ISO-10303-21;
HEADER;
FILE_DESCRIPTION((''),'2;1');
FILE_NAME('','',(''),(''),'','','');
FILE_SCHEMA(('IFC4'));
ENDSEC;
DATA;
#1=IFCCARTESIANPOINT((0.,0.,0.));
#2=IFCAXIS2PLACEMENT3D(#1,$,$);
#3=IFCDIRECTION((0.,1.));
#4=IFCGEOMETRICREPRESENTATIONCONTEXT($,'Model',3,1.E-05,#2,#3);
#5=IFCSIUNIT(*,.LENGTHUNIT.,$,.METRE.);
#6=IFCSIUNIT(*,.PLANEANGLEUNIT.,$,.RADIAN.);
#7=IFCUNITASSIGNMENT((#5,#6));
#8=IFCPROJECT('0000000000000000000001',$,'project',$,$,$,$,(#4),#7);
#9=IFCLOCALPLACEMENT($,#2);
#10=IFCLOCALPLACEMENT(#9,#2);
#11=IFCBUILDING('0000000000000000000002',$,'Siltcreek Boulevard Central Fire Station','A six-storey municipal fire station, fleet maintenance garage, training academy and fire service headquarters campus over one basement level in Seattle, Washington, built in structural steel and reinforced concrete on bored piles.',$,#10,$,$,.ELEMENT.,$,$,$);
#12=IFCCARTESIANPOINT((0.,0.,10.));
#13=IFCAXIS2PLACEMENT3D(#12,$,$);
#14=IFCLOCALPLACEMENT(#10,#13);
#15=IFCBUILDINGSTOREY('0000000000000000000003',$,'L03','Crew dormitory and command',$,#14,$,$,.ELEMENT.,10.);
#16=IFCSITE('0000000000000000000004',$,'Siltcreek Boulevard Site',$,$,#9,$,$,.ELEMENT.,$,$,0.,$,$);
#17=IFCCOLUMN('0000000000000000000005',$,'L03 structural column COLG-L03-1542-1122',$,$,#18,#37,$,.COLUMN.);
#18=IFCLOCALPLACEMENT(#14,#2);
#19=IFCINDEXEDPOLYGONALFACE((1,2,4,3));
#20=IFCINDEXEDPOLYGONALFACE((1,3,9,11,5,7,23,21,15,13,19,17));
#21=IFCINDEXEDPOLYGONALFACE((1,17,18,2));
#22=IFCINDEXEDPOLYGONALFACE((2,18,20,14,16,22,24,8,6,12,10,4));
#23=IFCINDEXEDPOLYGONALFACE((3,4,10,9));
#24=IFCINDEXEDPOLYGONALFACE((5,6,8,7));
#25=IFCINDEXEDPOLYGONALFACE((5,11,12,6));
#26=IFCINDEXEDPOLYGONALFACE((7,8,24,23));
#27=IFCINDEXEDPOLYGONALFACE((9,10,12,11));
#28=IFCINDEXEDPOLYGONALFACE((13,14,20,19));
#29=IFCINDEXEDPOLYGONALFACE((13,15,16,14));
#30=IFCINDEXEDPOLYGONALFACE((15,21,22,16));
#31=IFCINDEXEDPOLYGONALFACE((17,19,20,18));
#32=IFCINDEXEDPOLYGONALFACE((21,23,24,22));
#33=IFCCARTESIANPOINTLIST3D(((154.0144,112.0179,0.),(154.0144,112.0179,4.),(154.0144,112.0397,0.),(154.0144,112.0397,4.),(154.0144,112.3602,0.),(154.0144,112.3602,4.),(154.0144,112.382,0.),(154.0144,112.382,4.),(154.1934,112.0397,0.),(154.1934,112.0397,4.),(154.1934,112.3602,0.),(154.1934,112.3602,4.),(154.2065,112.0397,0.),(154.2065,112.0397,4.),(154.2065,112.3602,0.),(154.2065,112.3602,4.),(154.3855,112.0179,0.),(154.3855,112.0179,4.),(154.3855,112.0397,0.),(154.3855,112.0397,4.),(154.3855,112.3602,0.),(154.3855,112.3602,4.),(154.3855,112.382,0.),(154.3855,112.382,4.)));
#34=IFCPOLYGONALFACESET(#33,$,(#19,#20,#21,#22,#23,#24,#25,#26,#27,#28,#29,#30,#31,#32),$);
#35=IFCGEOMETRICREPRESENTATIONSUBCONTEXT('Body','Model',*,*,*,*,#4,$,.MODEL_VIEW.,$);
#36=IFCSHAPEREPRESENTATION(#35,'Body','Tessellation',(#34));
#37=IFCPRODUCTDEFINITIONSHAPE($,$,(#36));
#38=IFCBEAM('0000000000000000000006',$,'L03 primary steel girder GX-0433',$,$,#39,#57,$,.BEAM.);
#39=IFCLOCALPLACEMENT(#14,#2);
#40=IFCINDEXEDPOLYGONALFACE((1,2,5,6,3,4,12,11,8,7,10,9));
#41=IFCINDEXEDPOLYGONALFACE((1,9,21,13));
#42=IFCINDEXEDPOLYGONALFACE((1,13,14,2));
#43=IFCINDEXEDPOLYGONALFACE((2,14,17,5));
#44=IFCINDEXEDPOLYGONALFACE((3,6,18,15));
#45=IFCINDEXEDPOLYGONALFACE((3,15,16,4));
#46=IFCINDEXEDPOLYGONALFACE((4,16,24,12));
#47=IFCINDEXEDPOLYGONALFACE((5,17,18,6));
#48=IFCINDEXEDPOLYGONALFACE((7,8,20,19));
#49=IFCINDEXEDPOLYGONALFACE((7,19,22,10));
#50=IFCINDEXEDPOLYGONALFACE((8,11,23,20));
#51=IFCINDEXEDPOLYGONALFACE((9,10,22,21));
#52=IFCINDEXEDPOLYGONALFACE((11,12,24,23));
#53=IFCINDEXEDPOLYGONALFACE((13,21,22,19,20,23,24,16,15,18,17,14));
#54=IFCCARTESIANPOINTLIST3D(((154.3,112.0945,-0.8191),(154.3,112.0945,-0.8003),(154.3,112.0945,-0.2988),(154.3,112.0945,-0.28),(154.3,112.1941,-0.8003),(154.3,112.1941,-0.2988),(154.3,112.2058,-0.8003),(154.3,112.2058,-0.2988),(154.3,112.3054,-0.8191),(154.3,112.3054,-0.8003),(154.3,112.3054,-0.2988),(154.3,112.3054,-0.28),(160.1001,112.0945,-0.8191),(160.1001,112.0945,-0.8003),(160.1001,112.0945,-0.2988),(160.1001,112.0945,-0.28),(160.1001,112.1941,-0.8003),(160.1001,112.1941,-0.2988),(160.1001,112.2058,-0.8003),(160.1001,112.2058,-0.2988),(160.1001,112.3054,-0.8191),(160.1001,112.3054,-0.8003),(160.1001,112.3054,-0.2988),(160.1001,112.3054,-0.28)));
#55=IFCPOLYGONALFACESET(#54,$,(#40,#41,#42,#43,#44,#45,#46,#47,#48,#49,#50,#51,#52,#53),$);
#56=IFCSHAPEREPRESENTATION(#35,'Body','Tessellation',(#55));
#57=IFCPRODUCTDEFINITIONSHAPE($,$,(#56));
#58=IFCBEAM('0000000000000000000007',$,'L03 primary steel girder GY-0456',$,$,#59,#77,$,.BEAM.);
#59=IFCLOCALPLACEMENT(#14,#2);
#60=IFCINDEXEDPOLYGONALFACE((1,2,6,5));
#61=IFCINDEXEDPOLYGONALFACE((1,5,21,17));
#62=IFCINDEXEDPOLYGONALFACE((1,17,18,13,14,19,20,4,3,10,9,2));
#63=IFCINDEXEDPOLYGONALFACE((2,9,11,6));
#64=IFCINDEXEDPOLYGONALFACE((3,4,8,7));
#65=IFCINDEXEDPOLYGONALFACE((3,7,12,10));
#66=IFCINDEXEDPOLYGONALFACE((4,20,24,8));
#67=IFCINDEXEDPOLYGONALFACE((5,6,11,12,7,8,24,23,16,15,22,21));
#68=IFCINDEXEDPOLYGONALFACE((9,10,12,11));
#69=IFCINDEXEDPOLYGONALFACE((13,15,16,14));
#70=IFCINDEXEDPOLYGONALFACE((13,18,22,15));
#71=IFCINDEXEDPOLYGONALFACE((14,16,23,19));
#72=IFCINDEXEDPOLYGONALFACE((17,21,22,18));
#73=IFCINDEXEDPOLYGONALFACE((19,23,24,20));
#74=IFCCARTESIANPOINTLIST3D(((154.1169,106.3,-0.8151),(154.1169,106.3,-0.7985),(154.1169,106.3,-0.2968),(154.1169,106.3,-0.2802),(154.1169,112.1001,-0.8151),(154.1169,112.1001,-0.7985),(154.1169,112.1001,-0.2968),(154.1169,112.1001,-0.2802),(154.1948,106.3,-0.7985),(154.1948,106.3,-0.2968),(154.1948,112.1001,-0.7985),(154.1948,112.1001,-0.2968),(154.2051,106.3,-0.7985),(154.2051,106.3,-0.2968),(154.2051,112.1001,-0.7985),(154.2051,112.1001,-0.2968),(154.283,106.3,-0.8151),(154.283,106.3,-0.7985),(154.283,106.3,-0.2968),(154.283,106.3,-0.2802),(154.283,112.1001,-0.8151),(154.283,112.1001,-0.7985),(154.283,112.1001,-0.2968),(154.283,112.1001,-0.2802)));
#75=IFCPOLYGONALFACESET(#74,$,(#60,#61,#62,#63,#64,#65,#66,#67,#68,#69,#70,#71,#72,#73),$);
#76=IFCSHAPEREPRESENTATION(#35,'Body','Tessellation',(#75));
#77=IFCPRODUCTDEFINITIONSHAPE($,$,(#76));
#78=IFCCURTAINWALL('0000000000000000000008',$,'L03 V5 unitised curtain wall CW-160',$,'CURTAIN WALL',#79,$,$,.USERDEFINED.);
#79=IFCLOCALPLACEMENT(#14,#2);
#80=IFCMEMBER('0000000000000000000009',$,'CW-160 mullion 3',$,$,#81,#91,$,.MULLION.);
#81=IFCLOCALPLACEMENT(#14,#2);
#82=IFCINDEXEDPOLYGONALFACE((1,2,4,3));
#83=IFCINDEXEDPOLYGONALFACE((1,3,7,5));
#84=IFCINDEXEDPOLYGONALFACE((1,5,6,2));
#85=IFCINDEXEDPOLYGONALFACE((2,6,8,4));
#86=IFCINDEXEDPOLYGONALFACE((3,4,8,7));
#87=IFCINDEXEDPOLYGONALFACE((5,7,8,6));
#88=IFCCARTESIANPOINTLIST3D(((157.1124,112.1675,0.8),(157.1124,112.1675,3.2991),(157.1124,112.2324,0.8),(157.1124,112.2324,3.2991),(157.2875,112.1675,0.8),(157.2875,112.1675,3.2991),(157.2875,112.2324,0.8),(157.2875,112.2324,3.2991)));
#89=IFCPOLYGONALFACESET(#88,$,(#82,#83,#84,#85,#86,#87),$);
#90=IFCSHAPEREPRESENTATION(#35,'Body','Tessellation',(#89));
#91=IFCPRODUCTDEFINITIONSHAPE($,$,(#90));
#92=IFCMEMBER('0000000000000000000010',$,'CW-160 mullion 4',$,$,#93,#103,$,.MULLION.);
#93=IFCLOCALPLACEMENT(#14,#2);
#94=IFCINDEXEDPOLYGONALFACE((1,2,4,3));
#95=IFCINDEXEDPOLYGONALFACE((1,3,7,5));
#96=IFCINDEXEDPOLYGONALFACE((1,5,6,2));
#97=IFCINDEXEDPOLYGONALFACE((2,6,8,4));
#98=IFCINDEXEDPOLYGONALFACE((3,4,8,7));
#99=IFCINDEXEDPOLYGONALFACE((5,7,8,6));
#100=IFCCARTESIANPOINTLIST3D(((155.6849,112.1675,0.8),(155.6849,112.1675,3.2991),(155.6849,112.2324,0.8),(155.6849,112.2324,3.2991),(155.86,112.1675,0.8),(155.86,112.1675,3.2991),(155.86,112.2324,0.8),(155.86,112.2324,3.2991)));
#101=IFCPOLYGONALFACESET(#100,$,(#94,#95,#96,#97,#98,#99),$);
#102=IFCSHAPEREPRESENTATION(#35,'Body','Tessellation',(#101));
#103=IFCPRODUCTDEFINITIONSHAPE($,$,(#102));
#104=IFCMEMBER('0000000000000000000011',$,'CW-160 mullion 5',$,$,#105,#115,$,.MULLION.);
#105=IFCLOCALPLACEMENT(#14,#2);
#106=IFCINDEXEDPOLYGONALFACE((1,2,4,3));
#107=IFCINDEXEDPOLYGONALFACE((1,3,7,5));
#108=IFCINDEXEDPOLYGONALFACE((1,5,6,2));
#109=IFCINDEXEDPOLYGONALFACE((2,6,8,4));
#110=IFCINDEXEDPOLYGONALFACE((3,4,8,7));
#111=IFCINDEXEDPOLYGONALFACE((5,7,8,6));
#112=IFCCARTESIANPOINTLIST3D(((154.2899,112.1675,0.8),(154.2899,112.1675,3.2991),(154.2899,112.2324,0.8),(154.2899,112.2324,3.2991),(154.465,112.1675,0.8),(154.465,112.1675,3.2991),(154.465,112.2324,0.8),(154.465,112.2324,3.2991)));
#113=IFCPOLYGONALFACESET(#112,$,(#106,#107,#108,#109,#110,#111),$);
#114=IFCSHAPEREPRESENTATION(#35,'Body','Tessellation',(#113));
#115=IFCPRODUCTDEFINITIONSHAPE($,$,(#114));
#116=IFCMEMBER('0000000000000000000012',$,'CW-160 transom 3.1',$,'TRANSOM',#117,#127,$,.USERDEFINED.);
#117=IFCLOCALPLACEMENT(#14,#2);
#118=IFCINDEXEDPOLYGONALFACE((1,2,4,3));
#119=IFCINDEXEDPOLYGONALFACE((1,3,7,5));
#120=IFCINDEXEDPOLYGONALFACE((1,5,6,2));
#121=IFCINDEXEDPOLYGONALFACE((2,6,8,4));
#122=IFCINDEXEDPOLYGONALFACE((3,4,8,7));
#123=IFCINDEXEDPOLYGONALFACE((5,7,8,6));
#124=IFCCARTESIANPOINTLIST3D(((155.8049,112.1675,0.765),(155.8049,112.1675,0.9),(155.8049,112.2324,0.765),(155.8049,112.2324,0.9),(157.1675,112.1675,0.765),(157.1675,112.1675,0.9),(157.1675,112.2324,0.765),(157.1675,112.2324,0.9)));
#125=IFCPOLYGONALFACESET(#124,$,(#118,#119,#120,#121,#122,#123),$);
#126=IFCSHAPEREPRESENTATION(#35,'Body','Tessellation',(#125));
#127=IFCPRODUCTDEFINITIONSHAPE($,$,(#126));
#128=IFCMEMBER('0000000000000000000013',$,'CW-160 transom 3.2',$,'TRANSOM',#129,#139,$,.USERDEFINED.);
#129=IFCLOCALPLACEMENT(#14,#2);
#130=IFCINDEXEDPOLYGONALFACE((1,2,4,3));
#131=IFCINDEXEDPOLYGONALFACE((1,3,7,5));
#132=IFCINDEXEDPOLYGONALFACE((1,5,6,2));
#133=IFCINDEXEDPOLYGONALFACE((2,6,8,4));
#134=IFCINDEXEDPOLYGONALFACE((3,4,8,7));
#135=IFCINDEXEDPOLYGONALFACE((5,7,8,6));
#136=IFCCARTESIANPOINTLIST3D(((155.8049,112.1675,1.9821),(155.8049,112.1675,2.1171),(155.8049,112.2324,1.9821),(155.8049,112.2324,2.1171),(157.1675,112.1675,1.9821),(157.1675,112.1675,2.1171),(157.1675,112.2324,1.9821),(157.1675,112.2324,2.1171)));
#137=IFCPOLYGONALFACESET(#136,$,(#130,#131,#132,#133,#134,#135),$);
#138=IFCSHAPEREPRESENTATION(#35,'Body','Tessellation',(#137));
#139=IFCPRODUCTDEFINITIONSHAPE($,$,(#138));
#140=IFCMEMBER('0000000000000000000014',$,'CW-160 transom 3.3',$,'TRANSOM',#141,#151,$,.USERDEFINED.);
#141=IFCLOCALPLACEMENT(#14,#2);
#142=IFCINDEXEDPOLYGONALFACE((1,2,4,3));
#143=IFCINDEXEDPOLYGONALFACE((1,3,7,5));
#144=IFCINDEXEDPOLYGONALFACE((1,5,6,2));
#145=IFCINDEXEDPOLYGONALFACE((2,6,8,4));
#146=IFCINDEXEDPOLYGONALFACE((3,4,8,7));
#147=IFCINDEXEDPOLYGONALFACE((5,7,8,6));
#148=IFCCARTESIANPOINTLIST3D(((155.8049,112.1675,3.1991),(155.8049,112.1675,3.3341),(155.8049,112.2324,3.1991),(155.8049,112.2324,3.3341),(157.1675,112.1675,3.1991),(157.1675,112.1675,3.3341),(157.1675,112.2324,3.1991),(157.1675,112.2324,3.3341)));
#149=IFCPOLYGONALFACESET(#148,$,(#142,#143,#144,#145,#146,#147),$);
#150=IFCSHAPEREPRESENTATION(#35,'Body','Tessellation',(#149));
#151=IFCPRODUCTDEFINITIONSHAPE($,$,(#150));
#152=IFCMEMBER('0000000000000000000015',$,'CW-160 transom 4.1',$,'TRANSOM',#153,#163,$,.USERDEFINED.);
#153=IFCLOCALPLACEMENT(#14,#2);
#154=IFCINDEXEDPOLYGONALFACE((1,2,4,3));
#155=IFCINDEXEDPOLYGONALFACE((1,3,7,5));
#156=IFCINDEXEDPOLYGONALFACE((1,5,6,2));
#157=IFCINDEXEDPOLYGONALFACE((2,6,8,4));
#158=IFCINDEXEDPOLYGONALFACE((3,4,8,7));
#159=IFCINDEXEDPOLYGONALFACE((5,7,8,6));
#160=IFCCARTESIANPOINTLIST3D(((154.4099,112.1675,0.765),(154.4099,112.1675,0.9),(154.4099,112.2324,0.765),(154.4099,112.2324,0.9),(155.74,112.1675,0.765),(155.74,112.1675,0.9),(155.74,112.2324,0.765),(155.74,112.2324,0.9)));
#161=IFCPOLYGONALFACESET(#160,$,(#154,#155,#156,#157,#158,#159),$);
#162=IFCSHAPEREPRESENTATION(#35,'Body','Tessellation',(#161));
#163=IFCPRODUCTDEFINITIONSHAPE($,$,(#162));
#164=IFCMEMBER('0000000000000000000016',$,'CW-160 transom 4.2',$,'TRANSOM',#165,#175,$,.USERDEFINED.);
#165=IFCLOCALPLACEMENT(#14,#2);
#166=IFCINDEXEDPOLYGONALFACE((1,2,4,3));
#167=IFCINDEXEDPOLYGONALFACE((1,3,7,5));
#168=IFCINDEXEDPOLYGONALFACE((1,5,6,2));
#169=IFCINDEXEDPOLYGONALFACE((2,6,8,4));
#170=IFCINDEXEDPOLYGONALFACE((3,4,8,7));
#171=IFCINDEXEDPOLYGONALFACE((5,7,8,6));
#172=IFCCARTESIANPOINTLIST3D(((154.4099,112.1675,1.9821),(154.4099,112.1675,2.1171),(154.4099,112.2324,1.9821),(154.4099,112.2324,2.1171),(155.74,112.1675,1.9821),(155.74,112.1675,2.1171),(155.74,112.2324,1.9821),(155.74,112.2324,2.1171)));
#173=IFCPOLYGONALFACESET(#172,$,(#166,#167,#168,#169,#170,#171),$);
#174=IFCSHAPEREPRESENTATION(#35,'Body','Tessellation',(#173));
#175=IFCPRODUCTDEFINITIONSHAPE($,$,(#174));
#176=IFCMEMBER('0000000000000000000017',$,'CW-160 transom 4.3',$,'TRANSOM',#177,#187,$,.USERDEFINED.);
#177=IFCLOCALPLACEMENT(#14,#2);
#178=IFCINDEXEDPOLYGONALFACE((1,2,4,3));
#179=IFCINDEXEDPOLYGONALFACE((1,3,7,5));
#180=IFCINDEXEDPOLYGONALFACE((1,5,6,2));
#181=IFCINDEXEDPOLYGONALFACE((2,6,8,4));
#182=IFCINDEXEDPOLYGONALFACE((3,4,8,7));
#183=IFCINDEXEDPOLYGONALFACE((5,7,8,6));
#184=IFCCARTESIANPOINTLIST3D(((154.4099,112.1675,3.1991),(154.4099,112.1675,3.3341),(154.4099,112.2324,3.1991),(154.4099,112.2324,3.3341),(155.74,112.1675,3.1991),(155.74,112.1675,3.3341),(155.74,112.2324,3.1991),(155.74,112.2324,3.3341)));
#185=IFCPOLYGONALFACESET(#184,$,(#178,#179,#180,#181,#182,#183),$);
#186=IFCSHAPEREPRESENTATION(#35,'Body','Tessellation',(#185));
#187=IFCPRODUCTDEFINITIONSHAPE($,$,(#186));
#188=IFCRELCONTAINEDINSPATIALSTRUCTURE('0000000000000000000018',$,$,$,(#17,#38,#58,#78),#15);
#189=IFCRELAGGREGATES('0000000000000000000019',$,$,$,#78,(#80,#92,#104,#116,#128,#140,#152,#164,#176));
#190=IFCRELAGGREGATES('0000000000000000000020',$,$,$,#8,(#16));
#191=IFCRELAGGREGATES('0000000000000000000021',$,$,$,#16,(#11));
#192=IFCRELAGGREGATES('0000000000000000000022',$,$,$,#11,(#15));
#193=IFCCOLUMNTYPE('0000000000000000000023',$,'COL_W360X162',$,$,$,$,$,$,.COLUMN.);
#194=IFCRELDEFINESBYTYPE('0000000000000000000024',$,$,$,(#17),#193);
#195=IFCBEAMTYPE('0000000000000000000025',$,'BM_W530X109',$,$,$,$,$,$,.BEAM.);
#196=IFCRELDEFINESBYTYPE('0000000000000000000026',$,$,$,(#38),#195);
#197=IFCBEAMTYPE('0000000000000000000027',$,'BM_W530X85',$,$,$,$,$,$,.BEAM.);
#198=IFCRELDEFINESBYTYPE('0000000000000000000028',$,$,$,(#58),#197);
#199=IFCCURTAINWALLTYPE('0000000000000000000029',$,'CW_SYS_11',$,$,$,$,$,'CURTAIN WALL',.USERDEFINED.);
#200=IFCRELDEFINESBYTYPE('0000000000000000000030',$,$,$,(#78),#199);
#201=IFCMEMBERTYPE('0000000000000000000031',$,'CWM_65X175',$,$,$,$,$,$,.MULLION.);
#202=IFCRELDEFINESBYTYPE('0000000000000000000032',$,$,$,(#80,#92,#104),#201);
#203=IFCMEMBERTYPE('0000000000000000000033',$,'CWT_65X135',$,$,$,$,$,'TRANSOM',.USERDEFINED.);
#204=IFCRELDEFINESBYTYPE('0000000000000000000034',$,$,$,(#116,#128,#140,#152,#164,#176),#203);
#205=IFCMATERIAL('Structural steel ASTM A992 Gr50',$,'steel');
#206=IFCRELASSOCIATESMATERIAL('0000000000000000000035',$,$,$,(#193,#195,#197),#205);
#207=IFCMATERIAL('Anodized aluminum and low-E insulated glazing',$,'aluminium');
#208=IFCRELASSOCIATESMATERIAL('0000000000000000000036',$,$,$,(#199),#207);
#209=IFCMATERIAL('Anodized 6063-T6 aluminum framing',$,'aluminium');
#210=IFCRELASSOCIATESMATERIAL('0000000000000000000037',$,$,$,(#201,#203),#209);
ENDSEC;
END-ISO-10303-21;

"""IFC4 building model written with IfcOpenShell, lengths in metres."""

from ifc_helpers import new_model, si_unit, direction, frame, origin, origin_2d, place, context, subcontext, project, spatial, rectangle, i_section, extrude, material, material_profile, profile_set, type_object, element, aggregate, save


model = new_model("IFC4")

# Units and contexts
model_context = context("Model", 3, precision=1e-05, world=origin(), true_north=direction((0.0, 1.0)))
body_context = subcontext(model_context, "Body", "Model", "MODEL_VIEW")
ifc_project = project(units=[si_unit("LENGTHUNIT", "METRE"), si_unit("PLANEANGLEUNIT", "RADIAN")], contexts=[model_context])

# Site, building, storey
site_placement = place(None, origin())
site = spatial("IfcSite", under=ifc_project, at=site_placement, Name="Siltcreek Boulevard Site", CompositionType="ELEMENT", RefElevation=0.0)
building_placement = place(site_placement, origin())
building = spatial("IfcBuilding", under=site, at=building_placement, Name="Siltcreek Boulevard Central Fire Station", Description="A six-storey municipal fire station, fleet maintenance garage, training academy and fire service headquarters campus over one basement level in Seattle, Washington, built in structural steel and reinforced concrete on bored piles.", CompositionType="ELEMENT")
storey_placement = place(building_placement, frame((0.0, 0.0, 10.0)))
storey = spatial("IfcBuildingStorey", under=building, at=storey_placement, Name="L03", Description="Crew dormitory and command", CompositionType="ELEMENT", Elevation=10.0)

# Column
ifc_material_1 = material(Name="Structural steel ASTM A992 Gr50", Category="steel")
ifc_material_profile_1 = material_profile(ifc_material_1, i_section(OverallWidth=0.3711, OverallDepth=0.364, WebThickness=0.0132, FlangeThickness=0.0217, at=origin_2d()), Name="W360X162")
ifc_profile_set_1 = profile_set([ifc_material_profile_1], Name="Structural steel ASTM A992 Gr50")
column_type = type_object("IfcColumnType", Name="COL_W360X162", PredefinedType="COLUMN", material=ifc_profile_set_1)
column_placement = place(storey_placement, frame((154.2, 112.2, 0.0), z_axis=(0.0, 0.0, 1.0), x_axis=(1.0, 0.0, 0.0)))
element("IfcColumn", 1, at=column_placement, inside=storey, type_object=column_type, Name="L03 structural column COLG-L03-1542-1122", PredefinedType="COLUMN", context=body_context, shape_type="SweptSolid", body=[
    extrude(i_section(OverallWidth=0.3711, OverallDepth=0.364, WebThickness=0.0132, FlangeThickness=0.0217, at=origin_2d()), origin(), (0.0, 0.0, 1.0), 4.0),
])

# Beams
ifc_material_profile_2 = material_profile(ifc_material_1, i_section(OverallWidth=0.2109, OverallDepth=0.5391, WebThickness=0.0117, FlangeThickness=0.0188, at=origin_2d()), Name="W530X109")
ifc_profile_set_2 = profile_set([ifc_material_profile_2], Name="Structural steel ASTM A992 Gr50")
beam_type_1 = type_object("IfcBeamType", Name="BM_W530X109", PredefinedType="BEAM", material=ifc_profile_set_2)
beam_1_placement = place(storey_placement, frame((154.3, 112.2, -0.5496), z_axis=(1.0, 0.0, 0.0), x_axis=(0.0, 1.0, 0.0)))
element("IfcBeam", 2, at=beam_1_placement, inside=storey, type_object=beam_type_1, Name="L03 primary steel girder GX-0433", PredefinedType="BEAM", context=body_context, shape_type="SweptSolid", body=[
    extrude(i_section(OverallWidth=0.2109, OverallDepth=0.5391, WebThickness=0.0117, FlangeThickness=0.0188, at=origin_2d()), origin(), (0.0, 0.0, 1.0), 5.8),
])
ifc_material_profile_3 = material_profile(ifc_material_1, i_section(OverallWidth=0.166, OverallDepth=0.5349, WebThickness=0.0103, FlangeThickness=0.0166, at=origin_2d()), Name="W530X85")
ifc_profile_set_3 = profile_set([ifc_material_profile_3], Name="Structural steel ASTM A992 Gr50")
beam_type_2 = type_object("IfcBeamType", Name="BM_W530X85", PredefinedType="BEAM", material=ifc_profile_set_3)
beam_2_placement = place(storey_placement, frame((154.2, 106.3, -0.5476), z_axis=(0.0, 1.0, 0.0), x_axis=(-1.0, 0.0, 0.0)))
element("IfcBeam", 3, at=beam_2_placement, inside=storey, type_object=beam_type_2, Name="L03 primary steel girder GY-0456", PredefinedType="BEAM", context=body_context, shape_type="SweptSolid", body=[
    extrude(i_section(OverallWidth=0.166, OverallDepth=0.5349, WebThickness=0.0103, FlangeThickness=0.0166, at=origin_2d()), origin(), (0.0, 0.0, 1.0), 5.8),
])

# Curtain wall, members
ifc_material_2 = material(Name="Anodized aluminum and low-E insulated glazing", Category="aluminium")
curtain_wall_type = type_object("IfcCurtainWallType", Name="CW_SYS_11", ElementType="CURTAIN WALL", PredefinedType="USERDEFINED", material=ifc_material_2)
curtain_wall_placement = place(storey_placement, origin())
curtain_wall = element("IfcCurtainWall", 4, at=curtain_wall_placement, inside=storey, type_object=curtain_wall_type, Name="L03 V5 unitised curtain wall CW-160", ObjectType="CURTAIN WALL", PredefinedType="USERDEFINED")
ifc_material_3 = material(Name="Anodized 6063-T6 aluminum framing", Category="aluminium")
ifc_material_profile_4 = material_profile(ifc_material_3, rectangle(XDim=0.0649, YDim=0.175, at=origin_2d()), Name="MULL65X175")
ifc_profile_set_4 = profile_set([ifc_material_profile_4], Name="Anodized 6063-T6 aluminum framing")
member_type_1 = type_object("IfcMemberType", Name="CWM_65X175", PredefinedType="MULLION", material=ifc_profile_set_4)
member_1_placement = place(storey_placement, frame((157.2, 112.2, 0.8), z_axis=(0.0, 0.0, 1.0), x_axis=(0.0, -1.0, 0.0)))
member_1 = element("IfcMember", 5, at=member_1_placement, type_object=member_type_1, Name="CW-160 mullion 3", PredefinedType="MULLION", context=body_context, shape_type="SweptSolid", body=[
    extrude(rectangle(XDim=0.0649, YDim=0.175, at=origin_2d()), origin(), (0.0, 0.0, 1.0), 2.499),
])
member_2_placement = place(storey_placement, frame((155.7725, 112.2, 0.8), z_axis=(0.0, 0.0, 1.0), x_axis=(0.0, -1.0, 0.0)))
member_2 = element("IfcMember", 6, at=member_2_placement, type_object=member_type_1, Name="CW-160 mullion 4", PredefinedType="MULLION", context=body_context, shape_type="SweptSolid", body=[
    extrude(rectangle(XDim=0.0649, YDim=0.175, at=origin_2d()), origin(), (0.0, 0.0, 1.0), 2.499),
])
member_3_placement = place(storey_placement, frame((154.3774, 112.2, 0.8), z_axis=(0.0, 0.0, 1.0), x_axis=(0.0, -1.0, 0.0)))
member_3 = element("IfcMember", 7, at=member_3_placement, type_object=member_type_1, Name="CW-160 mullion 5", PredefinedType="MULLION", context=body_context, shape_type="SweptSolid", body=[
    extrude(rectangle(XDim=0.0649, YDim=0.175, at=origin_2d()), origin(), (0.0, 0.0, 1.0), 2.499),
])
ifc_material_profile_5 = material_profile(ifc_material_3, rectangle(XDim=0.0649, YDim=0.135, at=origin_2d()), Name="TRAN65X135")
ifc_profile_set_5 = profile_set([ifc_material_profile_5], Name="Anodized 6063-T6 aluminum framing")
member_type_2 = type_object("IfcMemberType", Name="CWT_65X135", ElementType="TRANSOM", PredefinedType="USERDEFINED", material=ifc_profile_set_5)
member_4_placement = place(storey_placement, frame((157.1675, 112.2, 0.8325), z_axis=(-1.0, 0.0, 0.0), x_axis=(0.0, -1.0, 0.0)))
member_4 = element("IfcMember", 8, at=member_4_placement, type_object=member_type_2, Name="CW-160 transom 3.1", ObjectType="TRANSOM", PredefinedType="USERDEFINED", context=body_context, shape_type="SweptSolid", body=[
    extrude(rectangle(XDim=0.0649, YDim=0.135, at=origin_2d()), origin(), (0.0, 0.0, 1.0), 1.3625),
])
member_5_placement = place(storey_placement, frame((157.1675, 112.2, 2.0496), z_axis=(-1.0, 0.0, 0.0), x_axis=(0.0, -1.0, 0.0)))
member_5 = element("IfcMember", 9, at=member_5_placement, type_object=member_type_2, Name="CW-160 transom 3.2", ObjectType="TRANSOM", PredefinedType="USERDEFINED", context=body_context, shape_type="SweptSolid", body=[
    extrude(rectangle(XDim=0.0649, YDim=0.135, at=origin_2d()), origin(), (0.0, 0.0, 1.0), 1.3625),
])
member_6_placement = place(storey_placement, frame((157.1675, 112.2, 3.2666), z_axis=(-1.0, 0.0, 0.0), x_axis=(0.0, -1.0, 0.0)))
member_6 = element("IfcMember", 10, at=member_6_placement, type_object=member_type_2, Name="CW-160 transom 3.3", ObjectType="TRANSOM", PredefinedType="USERDEFINED", context=body_context, shape_type="SweptSolid", body=[
    extrude(rectangle(XDim=0.0649, YDim=0.135, at=origin_2d()), origin(), (0.0, 0.0, 1.0), 1.3625),
])
member_7_placement = place(storey_placement, frame((155.74, 112.2, 0.8325), z_axis=(-1.0, 0.0, 0.0), x_axis=(0.0, -1.0, 0.0)))
member_7 = element("IfcMember", 11, at=member_7_placement, type_object=member_type_2, Name="CW-160 transom 4.1", ObjectType="TRANSOM", PredefinedType="USERDEFINED", context=body_context, shape_type="SweptSolid", body=[
    extrude(rectangle(XDim=0.0649, YDim=0.135, at=origin_2d()), origin(), (0.0, 0.0, 1.0), 1.3301),
])
member_8_placement = place(storey_placement, frame((155.74, 112.2, 2.0496), z_axis=(-1.0, 0.0, 0.0), x_axis=(0.0, -1.0, 0.0)))
member_8 = element("IfcMember", 12, at=member_8_placement, type_object=member_type_2, Name="CW-160 transom 4.2", ObjectType="TRANSOM", PredefinedType="USERDEFINED", context=body_context, shape_type="SweptSolid", body=[
    extrude(rectangle(XDim=0.0649, YDim=0.135, at=origin_2d()), origin(), (0.0, 0.0, 1.0), 1.3301),
])
member_9_placement = place(storey_placement, frame((155.74, 112.2, 3.2666), z_axis=(-1.0, 0.0, 0.0), x_axis=(0.0, -1.0, 0.0)))
member_9 = element("IfcMember", 13, at=member_9_placement, type_object=member_type_2, Name="CW-160 transom 4.3", ObjectType="TRANSOM", PredefinedType="USERDEFINED", context=body_context, shape_type="SweptSolid", body=[
    extrude(rectangle(XDim=0.0649, YDim=0.135, at=origin_2d()), origin(), (0.0, 0.0, 1.0), 1.3301),
])

aggregate(curtain_wall, [member_1, member_2, member_3, member_4, member_5, member_6, member_7, member_8, member_9])

save(model, "model.ifc")
